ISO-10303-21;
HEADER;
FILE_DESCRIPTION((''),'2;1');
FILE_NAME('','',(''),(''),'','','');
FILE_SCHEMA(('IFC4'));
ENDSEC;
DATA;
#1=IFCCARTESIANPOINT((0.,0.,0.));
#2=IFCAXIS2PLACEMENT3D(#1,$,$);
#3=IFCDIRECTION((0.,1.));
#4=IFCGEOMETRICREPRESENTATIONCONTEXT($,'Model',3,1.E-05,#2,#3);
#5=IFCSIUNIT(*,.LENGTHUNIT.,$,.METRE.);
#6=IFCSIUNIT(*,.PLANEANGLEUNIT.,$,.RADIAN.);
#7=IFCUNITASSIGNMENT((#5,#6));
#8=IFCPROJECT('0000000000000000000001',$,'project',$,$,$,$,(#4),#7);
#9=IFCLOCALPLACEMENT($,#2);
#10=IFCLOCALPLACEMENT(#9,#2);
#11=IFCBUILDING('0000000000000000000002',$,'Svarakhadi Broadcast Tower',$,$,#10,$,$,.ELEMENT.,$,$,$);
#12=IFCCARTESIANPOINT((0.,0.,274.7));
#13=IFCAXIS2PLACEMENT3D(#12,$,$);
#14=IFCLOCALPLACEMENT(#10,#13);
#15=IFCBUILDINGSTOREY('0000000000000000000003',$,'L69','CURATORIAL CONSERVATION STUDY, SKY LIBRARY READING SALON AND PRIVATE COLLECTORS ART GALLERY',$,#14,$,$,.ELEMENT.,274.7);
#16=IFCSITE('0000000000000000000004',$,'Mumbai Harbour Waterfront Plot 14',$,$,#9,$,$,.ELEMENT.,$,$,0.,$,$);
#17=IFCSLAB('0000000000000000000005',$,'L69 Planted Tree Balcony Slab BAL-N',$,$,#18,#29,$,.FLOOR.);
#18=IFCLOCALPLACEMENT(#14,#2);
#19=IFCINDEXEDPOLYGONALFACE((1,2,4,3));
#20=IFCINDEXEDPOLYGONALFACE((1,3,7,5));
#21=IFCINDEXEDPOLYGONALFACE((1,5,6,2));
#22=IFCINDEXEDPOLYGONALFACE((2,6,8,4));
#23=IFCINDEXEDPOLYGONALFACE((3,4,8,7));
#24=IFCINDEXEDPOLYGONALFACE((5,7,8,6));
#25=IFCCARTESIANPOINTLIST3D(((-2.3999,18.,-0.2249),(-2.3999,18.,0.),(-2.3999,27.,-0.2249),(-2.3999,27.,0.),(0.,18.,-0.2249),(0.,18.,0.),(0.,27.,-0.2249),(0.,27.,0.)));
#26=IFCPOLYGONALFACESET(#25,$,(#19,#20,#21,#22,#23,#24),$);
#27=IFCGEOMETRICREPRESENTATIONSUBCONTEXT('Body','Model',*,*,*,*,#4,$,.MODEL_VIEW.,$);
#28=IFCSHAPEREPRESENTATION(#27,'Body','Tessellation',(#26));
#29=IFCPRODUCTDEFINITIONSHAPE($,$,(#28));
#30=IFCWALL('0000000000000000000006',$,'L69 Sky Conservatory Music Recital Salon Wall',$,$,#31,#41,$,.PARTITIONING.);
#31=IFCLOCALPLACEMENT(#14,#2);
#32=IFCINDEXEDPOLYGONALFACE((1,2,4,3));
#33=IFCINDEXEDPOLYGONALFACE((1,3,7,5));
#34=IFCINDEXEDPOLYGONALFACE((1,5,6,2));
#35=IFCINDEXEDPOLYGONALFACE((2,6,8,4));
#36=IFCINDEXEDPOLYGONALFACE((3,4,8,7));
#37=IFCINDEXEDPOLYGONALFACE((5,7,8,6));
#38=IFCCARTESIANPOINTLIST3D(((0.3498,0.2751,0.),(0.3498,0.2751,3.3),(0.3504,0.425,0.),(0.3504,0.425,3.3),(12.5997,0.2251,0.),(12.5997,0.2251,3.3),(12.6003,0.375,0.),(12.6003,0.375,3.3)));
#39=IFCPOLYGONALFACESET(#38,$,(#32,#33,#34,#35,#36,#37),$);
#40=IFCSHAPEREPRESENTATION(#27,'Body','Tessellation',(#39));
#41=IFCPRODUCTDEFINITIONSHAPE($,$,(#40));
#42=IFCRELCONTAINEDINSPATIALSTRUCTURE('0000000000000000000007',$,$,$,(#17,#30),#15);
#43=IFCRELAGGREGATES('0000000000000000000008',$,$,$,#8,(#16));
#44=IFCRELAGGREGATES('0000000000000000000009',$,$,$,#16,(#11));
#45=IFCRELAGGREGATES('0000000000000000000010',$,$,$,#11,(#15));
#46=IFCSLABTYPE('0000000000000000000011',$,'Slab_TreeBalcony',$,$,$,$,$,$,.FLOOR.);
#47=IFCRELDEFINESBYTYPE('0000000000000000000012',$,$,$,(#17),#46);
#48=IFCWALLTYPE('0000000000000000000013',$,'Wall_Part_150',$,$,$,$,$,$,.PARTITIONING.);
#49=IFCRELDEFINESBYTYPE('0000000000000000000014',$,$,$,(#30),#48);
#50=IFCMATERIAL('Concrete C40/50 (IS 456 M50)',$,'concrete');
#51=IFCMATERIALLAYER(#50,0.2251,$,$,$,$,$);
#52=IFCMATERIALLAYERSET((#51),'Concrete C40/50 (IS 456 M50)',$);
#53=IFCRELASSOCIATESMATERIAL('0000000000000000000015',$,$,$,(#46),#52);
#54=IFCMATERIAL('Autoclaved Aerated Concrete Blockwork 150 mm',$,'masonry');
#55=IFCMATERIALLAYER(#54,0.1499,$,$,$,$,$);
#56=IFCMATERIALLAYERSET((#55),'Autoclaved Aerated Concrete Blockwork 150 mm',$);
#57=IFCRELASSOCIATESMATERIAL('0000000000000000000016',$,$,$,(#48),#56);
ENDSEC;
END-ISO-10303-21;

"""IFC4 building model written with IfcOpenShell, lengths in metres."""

from ifc_helpers import new_model, si_unit, direction, frame, frame_2d, origin, place, context, subcontext, project, spatial, polyline, rectangle, outline, extrude, material, layer, layer_set, type_object, element, save


model = new_model("IFC4")

# Units and contexts
model_context = context("Model", 3, precision=1e-05, world=origin(), true_north=direction((0.0, 1.0)))
body_context = subcontext(model_context, "Body", "Model", "MODEL_VIEW")
ifc_project = project(units=[si_unit("LENGTHUNIT", "METRE"), si_unit("PLANEANGLEUNIT", "RADIAN")], contexts=[model_context])

# Site, building, storey
site_placement = place(None, origin())
site = spatial("IfcSite", under=ifc_project, at=site_placement, Name="Mumbai Harbour Waterfront Plot 14", CompositionType="ELEMENT", RefElevation=0.0)
building_placement = place(site_placement, origin())
building = spatial("IfcBuilding", under=site, at=building_placement, Name="Svarakhadi Broadcast Tower", CompositionType="ELEMENT")
storey_placement = place(building_placement, frame((0.0, 0.0, 274.7)))
storey = spatial("IfcBuildingStorey", under=building, at=storey_placement, Name="L69", Description="CURATORIAL CONSERVATION STUDY, SKY LIBRARY READING SALON AND PRIVATE COLLECTORS ART GALLERY", CompositionType="ELEMENT", Elevation=274.7)

# Shared definitions
ifc_material_1 = material(Name="Concrete C40/50 (IS 456 M50)", Category="concrete")

# Slab
ifc_layer_1 = layer(ifc_material_1, 0.2251)
ifc_layer_set_1 = layer_set([ifc_layer_1], Name="Concrete C40/50 (IS 456 M50)")
slab_type_1 = type_object("IfcSlabType", Name="Slab_TreeBalcony", PredefinedType="FLOOR", material=ifc_layer_set_1)
slab_1_placement = place(storey_placement, frame((0.0, 0.0, -0.2249)))
element("IfcSlab", 1, at=slab_1_placement, inside=storey, type_object=slab_type_1, Name="L69 Planted Tree Balcony Slab BAL-N", PredefinedType="FLOOR", context=body_context, shape_type="SweptSolid", body=[
    extrude(outline(polyline([(-2.3999, 18.0), (0.0, 18.0), (0.0, 27.0), (-2.3999, 27.0), (-2.3999, 18.0)])), origin(), (0.0, 0.0, 1.0), 0.2249),
])

# Wall
ifc_material_2 = material(Name="Autoclaved Aerated Concrete Blockwork 150 mm", Category="masonry")
ifc_layer_2 = layer(ifc_material_2, 0.1499)
ifc_layer_set_2 = layer_set([ifc_layer_2], Name="Autoclaved Aerated Concrete Blockwork 150 mm")
wall_type = type_object("IfcWallType", Name="Wall_Part_150", PredefinedType="PARTITIONING", material=ifc_layer_set_2)
wall_placement = place(storey_placement, frame((0.3501, 0.3501, 0.0), z_axis=(0.0, 0.0, 1.0), x_axis=(0.999992, -0.004086, 0.0)))
element("IfcWall", 2, at=wall_placement, inside=storey, type_object=wall_type, Name="L69 Sky Conservatory Music Recital Salon Wall", PredefinedType="PARTITIONING", context=body_context, shape_type="SweptSolid", body=[
    extrude(rectangle(XDim=12.25, YDim=0.1499, at=frame_2d((6.125, 0.0))), origin(), (0.0, 0.0, 1.0), 3.3),
])

save(model, "model.ifc")
